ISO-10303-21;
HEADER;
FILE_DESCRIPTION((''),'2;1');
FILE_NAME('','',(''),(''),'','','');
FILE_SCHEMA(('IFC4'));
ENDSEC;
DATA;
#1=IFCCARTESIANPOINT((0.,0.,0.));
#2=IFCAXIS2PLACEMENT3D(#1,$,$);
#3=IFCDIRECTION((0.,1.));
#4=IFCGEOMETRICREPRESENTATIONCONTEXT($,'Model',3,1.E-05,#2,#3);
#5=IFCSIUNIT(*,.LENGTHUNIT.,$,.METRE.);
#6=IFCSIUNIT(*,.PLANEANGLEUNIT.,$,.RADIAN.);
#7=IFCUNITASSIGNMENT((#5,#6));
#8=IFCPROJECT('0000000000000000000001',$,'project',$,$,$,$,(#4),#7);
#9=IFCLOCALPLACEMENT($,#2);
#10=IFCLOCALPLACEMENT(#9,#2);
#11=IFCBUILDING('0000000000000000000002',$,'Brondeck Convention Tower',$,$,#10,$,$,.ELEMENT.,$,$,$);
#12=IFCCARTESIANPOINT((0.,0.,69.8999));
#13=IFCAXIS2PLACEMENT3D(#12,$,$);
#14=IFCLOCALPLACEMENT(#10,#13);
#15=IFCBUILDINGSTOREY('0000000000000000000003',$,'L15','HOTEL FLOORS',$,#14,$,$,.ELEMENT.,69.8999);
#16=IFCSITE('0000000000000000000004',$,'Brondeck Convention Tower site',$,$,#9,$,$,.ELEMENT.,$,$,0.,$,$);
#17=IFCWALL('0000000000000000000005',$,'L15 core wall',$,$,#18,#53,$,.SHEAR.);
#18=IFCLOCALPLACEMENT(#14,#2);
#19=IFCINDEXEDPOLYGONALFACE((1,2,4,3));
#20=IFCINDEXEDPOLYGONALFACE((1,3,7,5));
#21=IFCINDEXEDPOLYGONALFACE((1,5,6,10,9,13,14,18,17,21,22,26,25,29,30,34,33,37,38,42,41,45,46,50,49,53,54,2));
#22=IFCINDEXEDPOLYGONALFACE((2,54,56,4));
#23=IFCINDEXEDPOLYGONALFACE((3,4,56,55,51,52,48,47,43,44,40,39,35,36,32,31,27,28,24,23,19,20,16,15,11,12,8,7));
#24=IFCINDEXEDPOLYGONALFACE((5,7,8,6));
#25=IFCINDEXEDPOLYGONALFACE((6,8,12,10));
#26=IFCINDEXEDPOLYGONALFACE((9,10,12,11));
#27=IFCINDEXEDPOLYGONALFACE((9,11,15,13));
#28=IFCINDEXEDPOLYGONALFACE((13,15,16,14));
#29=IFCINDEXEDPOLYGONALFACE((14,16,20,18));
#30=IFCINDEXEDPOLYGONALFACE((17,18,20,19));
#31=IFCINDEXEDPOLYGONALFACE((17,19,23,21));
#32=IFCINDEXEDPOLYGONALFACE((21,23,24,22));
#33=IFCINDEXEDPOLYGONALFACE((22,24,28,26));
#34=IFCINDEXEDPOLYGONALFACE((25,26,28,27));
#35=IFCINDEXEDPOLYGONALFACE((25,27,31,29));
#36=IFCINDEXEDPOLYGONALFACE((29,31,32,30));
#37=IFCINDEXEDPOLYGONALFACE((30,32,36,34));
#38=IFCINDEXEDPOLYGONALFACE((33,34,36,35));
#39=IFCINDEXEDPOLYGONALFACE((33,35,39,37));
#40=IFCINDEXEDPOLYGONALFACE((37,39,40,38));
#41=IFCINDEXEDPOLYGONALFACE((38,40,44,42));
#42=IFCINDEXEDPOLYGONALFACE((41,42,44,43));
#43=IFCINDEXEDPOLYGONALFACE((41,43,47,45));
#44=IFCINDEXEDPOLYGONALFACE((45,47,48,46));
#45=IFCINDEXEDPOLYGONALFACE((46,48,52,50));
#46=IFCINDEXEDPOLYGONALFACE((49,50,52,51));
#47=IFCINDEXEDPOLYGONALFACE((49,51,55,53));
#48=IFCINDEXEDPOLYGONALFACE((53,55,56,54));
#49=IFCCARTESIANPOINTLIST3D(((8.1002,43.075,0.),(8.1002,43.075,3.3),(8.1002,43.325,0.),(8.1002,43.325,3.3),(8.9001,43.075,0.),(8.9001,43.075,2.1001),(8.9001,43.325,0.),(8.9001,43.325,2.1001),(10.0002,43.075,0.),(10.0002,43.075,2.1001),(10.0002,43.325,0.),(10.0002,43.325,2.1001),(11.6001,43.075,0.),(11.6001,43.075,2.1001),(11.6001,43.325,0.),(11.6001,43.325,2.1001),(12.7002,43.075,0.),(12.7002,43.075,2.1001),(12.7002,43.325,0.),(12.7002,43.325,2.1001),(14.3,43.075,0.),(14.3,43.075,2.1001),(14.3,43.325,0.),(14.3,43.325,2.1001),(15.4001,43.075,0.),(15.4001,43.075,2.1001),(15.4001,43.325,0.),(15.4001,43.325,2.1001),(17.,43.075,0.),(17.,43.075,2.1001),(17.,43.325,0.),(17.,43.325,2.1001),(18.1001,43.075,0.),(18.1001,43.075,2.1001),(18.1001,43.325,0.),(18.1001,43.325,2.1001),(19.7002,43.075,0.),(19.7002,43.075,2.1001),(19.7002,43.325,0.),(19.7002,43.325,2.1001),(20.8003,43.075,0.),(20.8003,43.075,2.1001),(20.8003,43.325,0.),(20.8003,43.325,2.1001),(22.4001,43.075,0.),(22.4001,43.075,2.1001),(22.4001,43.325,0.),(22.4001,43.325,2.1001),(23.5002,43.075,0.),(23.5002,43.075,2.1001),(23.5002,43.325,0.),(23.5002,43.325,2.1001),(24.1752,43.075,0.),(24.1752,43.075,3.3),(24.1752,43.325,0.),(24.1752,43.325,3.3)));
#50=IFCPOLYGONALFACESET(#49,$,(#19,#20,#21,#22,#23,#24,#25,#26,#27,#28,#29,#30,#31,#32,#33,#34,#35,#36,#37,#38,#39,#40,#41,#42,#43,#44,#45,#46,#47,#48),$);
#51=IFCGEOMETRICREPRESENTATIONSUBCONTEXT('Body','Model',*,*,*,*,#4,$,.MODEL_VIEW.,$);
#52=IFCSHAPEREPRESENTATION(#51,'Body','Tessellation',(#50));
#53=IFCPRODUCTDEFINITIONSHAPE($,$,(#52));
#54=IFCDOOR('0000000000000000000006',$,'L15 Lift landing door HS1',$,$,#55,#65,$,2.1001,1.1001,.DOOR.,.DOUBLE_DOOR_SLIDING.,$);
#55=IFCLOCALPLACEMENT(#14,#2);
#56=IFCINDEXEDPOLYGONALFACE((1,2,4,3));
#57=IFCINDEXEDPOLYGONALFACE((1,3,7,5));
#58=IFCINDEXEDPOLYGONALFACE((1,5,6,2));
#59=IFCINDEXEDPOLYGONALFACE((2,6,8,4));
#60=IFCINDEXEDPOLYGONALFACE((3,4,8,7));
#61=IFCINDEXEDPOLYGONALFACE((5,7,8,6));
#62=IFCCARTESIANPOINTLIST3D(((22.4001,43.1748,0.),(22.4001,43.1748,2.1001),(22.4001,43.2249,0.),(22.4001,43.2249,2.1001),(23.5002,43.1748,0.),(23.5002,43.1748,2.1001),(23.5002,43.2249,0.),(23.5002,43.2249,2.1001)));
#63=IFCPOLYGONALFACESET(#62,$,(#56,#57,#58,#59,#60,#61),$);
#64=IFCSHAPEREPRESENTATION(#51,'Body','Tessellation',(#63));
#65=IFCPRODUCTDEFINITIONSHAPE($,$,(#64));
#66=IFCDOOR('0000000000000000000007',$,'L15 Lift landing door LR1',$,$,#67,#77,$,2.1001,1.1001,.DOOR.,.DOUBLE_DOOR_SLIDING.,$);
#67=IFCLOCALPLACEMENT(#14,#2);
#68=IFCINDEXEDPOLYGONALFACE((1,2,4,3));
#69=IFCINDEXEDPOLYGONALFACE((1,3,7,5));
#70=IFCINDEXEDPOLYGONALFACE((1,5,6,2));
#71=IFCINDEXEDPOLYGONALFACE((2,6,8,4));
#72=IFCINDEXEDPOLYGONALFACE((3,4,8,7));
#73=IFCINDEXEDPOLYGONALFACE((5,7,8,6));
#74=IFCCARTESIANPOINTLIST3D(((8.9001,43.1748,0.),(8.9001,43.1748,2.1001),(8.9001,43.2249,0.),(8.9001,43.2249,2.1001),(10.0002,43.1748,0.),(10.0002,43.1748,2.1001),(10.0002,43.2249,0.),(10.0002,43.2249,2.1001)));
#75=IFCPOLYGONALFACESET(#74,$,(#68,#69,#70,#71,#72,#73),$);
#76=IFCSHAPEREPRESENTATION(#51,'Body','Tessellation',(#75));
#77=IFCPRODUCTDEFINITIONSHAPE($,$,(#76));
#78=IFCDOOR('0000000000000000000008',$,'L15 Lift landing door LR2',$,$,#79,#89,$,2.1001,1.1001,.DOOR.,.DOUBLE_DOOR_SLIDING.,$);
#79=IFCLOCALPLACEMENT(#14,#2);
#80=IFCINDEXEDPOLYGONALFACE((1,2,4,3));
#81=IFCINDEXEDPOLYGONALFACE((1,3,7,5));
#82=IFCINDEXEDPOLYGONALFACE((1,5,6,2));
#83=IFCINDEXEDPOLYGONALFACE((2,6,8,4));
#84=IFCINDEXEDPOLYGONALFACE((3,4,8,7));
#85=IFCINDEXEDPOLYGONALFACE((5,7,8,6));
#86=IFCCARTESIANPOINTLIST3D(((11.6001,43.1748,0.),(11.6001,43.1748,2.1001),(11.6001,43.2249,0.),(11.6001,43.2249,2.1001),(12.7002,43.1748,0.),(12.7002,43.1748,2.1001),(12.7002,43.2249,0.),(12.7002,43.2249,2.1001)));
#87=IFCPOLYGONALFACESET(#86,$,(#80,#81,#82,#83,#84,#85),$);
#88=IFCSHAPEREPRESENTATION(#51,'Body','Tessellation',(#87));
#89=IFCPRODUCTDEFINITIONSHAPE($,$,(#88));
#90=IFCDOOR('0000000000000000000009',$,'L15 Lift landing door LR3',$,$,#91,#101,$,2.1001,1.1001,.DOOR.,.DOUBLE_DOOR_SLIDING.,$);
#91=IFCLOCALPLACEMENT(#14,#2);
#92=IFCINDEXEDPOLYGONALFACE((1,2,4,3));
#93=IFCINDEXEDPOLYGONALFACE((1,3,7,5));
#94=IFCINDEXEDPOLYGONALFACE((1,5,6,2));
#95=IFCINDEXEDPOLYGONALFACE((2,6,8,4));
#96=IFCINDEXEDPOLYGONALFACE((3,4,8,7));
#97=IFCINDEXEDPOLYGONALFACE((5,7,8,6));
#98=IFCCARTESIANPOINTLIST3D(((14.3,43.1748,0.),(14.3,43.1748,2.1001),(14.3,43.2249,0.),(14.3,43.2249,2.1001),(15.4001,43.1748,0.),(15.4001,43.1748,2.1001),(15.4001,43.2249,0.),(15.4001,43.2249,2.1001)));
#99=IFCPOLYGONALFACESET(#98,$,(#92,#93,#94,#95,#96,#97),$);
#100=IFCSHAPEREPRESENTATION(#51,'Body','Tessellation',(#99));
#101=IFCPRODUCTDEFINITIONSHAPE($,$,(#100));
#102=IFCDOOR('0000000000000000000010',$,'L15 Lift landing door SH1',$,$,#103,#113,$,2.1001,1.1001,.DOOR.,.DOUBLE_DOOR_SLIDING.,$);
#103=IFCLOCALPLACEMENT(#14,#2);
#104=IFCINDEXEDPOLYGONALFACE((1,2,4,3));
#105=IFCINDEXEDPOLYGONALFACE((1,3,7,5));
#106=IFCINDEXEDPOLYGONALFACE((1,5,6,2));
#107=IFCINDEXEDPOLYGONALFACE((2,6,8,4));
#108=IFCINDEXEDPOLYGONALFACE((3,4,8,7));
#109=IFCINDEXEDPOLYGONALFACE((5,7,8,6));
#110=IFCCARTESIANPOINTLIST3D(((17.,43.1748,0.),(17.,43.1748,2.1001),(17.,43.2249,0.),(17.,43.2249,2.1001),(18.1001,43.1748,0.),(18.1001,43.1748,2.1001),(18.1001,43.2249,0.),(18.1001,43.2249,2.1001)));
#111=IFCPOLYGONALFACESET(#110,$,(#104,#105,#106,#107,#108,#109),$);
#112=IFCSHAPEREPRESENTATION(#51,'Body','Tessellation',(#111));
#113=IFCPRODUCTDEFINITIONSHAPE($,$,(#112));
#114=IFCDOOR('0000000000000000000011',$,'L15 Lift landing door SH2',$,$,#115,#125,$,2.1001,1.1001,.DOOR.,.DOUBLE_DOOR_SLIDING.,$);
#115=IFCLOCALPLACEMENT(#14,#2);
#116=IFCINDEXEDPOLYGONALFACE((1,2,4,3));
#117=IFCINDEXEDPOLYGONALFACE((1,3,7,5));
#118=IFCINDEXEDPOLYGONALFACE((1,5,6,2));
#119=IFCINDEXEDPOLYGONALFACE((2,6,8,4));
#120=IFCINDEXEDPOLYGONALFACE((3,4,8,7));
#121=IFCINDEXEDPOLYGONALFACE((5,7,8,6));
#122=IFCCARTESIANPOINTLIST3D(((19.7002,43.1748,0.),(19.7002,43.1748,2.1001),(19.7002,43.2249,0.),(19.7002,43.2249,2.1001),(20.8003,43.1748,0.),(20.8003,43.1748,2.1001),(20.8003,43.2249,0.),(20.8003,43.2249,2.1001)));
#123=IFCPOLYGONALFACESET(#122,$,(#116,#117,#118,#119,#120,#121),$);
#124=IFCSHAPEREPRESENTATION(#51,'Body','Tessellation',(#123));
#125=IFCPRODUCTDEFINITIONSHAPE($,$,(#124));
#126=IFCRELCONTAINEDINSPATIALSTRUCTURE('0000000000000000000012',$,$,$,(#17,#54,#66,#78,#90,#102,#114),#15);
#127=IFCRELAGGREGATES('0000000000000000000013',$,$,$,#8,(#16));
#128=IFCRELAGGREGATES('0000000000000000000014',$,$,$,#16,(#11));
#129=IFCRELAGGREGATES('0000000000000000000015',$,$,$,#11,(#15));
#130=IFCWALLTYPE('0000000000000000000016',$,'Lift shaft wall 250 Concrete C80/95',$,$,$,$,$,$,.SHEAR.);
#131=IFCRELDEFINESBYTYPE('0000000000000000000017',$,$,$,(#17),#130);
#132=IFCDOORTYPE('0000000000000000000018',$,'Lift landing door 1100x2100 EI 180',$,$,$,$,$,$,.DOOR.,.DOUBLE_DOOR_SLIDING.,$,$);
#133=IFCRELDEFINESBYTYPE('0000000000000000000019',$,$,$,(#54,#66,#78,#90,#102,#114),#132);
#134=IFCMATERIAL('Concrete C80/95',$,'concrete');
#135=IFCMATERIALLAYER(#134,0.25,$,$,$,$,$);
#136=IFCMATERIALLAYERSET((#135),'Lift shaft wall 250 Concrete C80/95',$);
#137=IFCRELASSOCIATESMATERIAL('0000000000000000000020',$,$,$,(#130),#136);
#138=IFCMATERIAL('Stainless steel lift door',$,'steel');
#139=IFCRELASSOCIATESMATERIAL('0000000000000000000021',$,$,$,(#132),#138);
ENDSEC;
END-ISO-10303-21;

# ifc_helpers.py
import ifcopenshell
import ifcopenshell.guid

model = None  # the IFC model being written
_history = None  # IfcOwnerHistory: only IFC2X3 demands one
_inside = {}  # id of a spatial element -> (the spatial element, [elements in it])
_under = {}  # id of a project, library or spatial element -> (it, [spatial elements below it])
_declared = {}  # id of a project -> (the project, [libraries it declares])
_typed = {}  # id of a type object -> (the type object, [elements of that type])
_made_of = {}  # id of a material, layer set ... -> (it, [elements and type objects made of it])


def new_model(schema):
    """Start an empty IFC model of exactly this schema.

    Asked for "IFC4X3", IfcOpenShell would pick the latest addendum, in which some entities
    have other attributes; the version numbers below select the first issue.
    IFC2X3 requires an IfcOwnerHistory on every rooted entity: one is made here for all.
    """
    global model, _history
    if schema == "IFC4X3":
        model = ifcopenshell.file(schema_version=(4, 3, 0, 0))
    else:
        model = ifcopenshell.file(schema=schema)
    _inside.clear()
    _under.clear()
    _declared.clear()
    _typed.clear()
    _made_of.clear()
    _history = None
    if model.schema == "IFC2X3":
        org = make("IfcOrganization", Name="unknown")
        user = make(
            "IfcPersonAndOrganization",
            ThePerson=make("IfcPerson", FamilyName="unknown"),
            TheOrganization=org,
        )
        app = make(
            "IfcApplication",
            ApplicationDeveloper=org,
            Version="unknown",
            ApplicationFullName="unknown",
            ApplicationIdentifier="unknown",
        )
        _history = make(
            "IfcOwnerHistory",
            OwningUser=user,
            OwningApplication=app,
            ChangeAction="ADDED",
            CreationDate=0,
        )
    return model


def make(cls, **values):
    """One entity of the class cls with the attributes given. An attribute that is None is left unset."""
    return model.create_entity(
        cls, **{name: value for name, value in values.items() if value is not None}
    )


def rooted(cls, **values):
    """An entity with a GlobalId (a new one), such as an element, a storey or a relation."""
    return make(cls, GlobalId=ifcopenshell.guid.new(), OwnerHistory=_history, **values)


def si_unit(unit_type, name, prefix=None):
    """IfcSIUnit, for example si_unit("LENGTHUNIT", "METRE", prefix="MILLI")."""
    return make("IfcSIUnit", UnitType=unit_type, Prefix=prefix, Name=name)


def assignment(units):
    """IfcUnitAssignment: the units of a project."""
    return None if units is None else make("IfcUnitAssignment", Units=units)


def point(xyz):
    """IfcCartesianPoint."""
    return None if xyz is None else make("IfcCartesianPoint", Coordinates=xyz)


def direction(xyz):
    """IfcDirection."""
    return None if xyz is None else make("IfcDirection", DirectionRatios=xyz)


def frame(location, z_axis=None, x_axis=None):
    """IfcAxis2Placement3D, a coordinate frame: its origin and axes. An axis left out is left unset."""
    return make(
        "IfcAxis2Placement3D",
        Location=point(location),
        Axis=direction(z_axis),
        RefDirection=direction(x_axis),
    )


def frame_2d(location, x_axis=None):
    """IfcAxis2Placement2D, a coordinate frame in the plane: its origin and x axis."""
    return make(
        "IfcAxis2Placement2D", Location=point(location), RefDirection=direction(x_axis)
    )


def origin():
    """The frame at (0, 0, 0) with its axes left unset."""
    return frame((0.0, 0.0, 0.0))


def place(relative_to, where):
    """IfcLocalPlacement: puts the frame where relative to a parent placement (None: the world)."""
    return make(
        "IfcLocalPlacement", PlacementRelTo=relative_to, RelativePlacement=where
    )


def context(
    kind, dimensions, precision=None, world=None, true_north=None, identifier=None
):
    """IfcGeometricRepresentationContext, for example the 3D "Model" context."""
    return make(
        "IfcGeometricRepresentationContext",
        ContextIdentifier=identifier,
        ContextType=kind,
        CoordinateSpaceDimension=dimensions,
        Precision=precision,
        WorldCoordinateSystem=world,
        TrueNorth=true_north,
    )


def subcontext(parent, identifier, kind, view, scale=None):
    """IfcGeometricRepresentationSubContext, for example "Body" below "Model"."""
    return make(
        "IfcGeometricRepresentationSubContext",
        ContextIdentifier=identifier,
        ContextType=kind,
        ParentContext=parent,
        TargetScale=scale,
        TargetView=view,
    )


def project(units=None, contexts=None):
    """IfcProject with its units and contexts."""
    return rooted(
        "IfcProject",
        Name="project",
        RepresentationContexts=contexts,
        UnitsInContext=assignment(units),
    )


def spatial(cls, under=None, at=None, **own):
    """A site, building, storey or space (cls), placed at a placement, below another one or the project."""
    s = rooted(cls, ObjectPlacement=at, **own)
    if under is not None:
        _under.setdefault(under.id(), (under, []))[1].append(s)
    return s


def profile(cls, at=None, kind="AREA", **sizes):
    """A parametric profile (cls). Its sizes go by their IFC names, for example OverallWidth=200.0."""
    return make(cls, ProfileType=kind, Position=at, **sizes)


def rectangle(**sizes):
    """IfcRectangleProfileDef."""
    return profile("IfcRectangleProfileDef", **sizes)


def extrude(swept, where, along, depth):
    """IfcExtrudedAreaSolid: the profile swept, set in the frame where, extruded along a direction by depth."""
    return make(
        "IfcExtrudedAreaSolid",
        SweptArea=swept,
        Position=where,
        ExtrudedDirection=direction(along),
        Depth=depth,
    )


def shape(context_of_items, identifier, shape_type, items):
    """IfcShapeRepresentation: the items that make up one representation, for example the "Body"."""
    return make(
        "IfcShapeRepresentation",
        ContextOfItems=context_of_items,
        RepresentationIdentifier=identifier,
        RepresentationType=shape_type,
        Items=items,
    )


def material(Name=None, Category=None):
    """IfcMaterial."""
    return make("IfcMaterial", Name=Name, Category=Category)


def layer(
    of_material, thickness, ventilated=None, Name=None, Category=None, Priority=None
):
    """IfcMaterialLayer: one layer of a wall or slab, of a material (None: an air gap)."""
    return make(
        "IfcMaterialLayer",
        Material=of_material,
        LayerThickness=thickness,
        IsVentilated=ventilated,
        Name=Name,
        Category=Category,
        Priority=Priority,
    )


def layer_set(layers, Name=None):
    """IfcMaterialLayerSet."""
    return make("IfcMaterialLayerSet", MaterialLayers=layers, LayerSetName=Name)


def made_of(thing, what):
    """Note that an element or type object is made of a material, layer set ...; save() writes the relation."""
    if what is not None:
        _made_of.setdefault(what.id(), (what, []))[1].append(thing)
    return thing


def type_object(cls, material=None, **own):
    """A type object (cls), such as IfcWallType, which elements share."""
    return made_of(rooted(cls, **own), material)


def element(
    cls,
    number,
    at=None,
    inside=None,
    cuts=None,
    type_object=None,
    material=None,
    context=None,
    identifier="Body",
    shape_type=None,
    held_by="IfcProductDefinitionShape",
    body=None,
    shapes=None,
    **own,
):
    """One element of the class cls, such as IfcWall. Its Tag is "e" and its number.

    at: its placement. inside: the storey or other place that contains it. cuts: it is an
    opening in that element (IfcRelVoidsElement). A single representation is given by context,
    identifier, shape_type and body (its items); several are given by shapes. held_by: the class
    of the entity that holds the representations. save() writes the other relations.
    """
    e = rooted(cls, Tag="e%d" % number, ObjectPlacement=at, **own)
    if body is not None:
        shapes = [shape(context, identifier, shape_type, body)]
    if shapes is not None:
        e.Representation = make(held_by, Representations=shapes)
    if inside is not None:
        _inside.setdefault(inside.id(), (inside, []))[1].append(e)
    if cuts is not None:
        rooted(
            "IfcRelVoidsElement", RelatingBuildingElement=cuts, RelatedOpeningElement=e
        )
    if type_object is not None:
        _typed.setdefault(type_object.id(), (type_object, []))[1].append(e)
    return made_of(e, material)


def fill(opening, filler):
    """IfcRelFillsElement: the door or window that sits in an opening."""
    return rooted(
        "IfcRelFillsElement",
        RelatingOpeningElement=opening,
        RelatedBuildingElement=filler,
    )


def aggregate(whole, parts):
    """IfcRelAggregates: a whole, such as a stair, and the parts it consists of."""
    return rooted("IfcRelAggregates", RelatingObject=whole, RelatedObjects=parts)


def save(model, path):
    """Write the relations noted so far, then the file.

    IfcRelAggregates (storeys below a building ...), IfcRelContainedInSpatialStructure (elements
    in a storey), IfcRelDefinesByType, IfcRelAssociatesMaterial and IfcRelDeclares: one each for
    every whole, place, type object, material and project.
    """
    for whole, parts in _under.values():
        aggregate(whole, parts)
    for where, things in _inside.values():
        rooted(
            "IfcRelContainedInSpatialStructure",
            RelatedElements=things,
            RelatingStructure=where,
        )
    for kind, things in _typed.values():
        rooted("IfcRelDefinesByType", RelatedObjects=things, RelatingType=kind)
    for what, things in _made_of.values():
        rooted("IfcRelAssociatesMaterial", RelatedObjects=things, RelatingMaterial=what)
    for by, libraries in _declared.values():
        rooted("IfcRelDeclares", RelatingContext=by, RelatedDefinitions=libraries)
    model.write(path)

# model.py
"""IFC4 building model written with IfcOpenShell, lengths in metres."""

from ifc_helpers import new_model, si_unit, direction, frame, frame_2d, origin, place, context, subcontext, project, spatial, rectangle, extrude, material, layer, layer_set, type_object, element, fill, save


model = new_model("IFC4")

# Units and contexts
model_context = context("Model", 3, precision=1e-05, world=origin(), true_north=direction((0.0, 1.0)))
body_context = subcontext(model_context, "Body", "Model", "MODEL_VIEW")
ifc_project = project(units=[si_unit("LENGTHUNIT", "METRE"), si_unit("PLANEANGLEUNIT", "RADIAN")], contexts=[model_context])

# Site, building, storey
site_placement = place(None, origin())
site = spatial("IfcSite", under=ifc_project, at=site_placement, Name="Brondeck Convention Tower site", CompositionType="ELEMENT", RefElevation=0.0)
building_placement = place(site_placement, origin())
building = spatial("IfcBuilding", under=site, at=building_placement, Name="Brondeck Convention Tower", CompositionType="ELEMENT")
storey_placement = place(building_placement, frame((0.0, 0.0, 69.8999)))
storey = spatial("IfcBuildingStorey", under=building, at=storey_placement, Name="L15", Description="HOTEL FLOORS", CompositionType="ELEMENT", Elevation=69.8999)

# Shared definitions
ifc_material_1 = material(Name="Concrete C80/95", Category="concrete")

# Wall, openings, doors
ifc_layer_1 = layer(ifc_material_1, 0.25)
ifc_layer_set_1 = layer_set([ifc_layer_1], Name="Lift shaft wall 250 Concrete C80/95")
wall_type_1 = type_object("IfcWallType", Name="Lift shaft wall 250 Concrete C80/95", PredefinedType="SHEAR", material=ifc_layer_set_1)
wall_1_placement = place(storey_placement, frame((8.1001, 43.2, 0.0), z_axis=(0.0, 0.0, 1.0), x_axis=(1.0, 0.0, 0.0)))
wall_1 = element("IfcWall", 1, at=wall_1_placement, inside=storey, type_object=wall_type_1, Name="L15 core wall", PredefinedType="SHEAR", context=body_context, shape_type="SweptSolid", body=[
    extrude(rectangle(XDim=16.075, YDim=0.25, at=frame_2d((8.0376, 0.0))), origin(), (0.0, 0.0, 1.0), 3.3),
])
opening_1_placement = place(wall_1_placement, frame((14.3, 0.0, 0.0)))
opening_1 = element("IfcOpeningElement", 2, at=opening_1_placement, cuts=wall_1, PredefinedType="OPENING", context=body_context, shape_type="SweptSolid", body=[
    extrude(rectangle(XDim=1.1001, YDim=2.1001, at=frame_2d((0.55, 1.05))), frame((0.0, 0.135, 0.0), z_axis=(0.0, -1.0, 0.0), x_axis=(1.0, 0.0, 0.0)), (0.0, 0.0, 1.0), 0.27),
])
opening_2_placement = place(wall_1_placement, frame((0.8, 0.0, 0.0)))
opening_2 = element("IfcOpeningElement", 3, at=opening_2_placement, cuts=wall_1, PredefinedType="OPENING", context=body_context, shape_type="SweptSolid", body=[
    extrude(rectangle(XDim=1.1001, YDim=2.1001, at=frame_2d((0.55, 1.05))), frame((0.0, 0.135, 0.0), z_axis=(0.0, -1.0, 0.0), x_axis=(1.0, 0.0, 0.0)), (0.0, 0.0, 1.0), 0.27),
])
opening_3_placement = place(wall_1_placement, frame((3.5, 0.0, 0.0)))
opening_3 = element("IfcOpeningElement", 4, at=opening_3_placement, cuts=wall_1, PredefinedType="OPENING", context=body_context, shape_type="SweptSolid", body=[
    extrude(rectangle(XDim=1.1001, YDim=2.1001, at=frame_2d((0.55, 1.05))), frame((0.0, 0.135, 0.0), z_axis=(0.0, -1.0, 0.0), x_axis=(1.0, 0.0, 0.0)), (0.0, 0.0, 1.0), 0.27),
])
opening_4_placement = place(wall_1_placement, frame((6.2, 0.0, 0.0)))
opening_4 = element("IfcOpeningElement", 5, at=opening_4_placement, cuts=wall_1, PredefinedType="OPENING", context=body_context, shape_type="SweptSolid", body=[
    extrude(rectangle(XDim=1.1001, YDim=2.1001, at=frame_2d((0.55, 1.05))), frame((0.0, 0.135, 0.0), z_axis=(0.0, -1.0, 0.0), x_axis=(1.0, 0.0, 0.0)), (0.0, 0.0, 1.0), 0.27),
])
opening_5_placement = place(wall_1_placement, frame((8.8999, 0.0, 0.0)))
opening_5 = element("IfcOpeningElement", 6, at=opening_5_placement, cuts=wall_1, PredefinedType="OPENING", context=body_context, shape_type="SweptSolid", body=[
    extrude(rectangle(XDim=1.1001, YDim=2.1001, at=frame_2d((0.55, 1.05))), frame((0.0, 0.135, 0.0), z_axis=(0.0, -1.0, 0.0), x_axis=(1.0, 0.0, 0.0)), (0.0, 0.0, 1.0), 0.27),
])
opening_6_placement = place(wall_1_placement, frame((11.6001, 0.0, 0.0)))
opening_6 = element("IfcOpeningElement", 7, at=opening_6_placement, cuts=wall_1, PredefinedType="OPENING", context=body_context, shape_type="SweptSolid", body=[
    extrude(rectangle(XDim=1.1001, YDim=2.1001, at=frame_2d((0.55, 1.05))), frame((0.0, 0.135, 0.0), z_axis=(0.0, -1.0, 0.0), x_axis=(1.0, 0.0, 0.0)), (0.0, 0.0, 1.0), 0.27),
])
ifc_material_2 = material(Name="Stainless steel lift door", Category="steel")
door_type_1 = type_object("IfcDoorType", Name="Lift landing door 1100x2100 EI 180", OperationType="DOUBLE_DOOR_SLIDING", PredefinedType="DOOR", material=ifc_material_2)
door_1_placement = place(opening_1_placement, origin())
door_1 = element("IfcDoor", 8, at=door_1_placement, inside=storey, type_object=door_type_1, Name="L15 Lift landing door HS1", OperationType="DOUBLE_DOOR_SLIDING", OverallHeight=2.1001, OverallWidth=1.1001, PredefinedType="DOOR", context=body_context, shape_type="SweptSolid", body=[
    extrude(rectangle(XDim=1.1001, YDim=2.1001, at=frame_2d((0.55, 1.05))), frame((0.0, 0.0249, 0.0), z_axis=(0.0, -1.0, 0.0), x_axis=(1.0, 0.0, 0.0)), (0.0, 0.0, 1.0), 0.05),
])
fill(opening_1, door_1)
door_2_placement = place(opening_2_placement, origin())
door_2 = element("IfcDoor", 9, at=door_2_placement, inside=storey, type_object=door_type_1, Name="L15 Lift landing door LR1", OperationType="DOUBLE_DOOR_SLIDING", OverallHeight=2.1001, OverallWidth=1.1001, PredefinedType="DOOR", context=body_context, shape_type="SweptSolid", body=[
    extrude(rectangle(XDim=1.1001, YDim=2.1001, at=frame_2d((0.55, 1.05))), frame((0.0, 0.0249, 0.0), z_axis=(0.0, -1.0, 0.0), x_axis=(1.0, 0.0, 0.0)), (0.0, 0.0, 1.0), 0.05),
])
fill(opening_2, door_2)
door_3_placement = place(opening_3_placement, origin())
door_3 = element("IfcDoor", 10, at=door_3_placement, inside=storey, type_object=door_type_1, Name="L15 Lift landing door LR2", OperationType="DOUBLE_DOOR_SLIDING", OverallHeight=2.1001, OverallWidth=1.1001, PredefinedType="DOOR", context=body_context, shape_type="SweptSolid", body=[
    extrude(rectangle(XDim=1.1001, YDim=2.1001, at=frame_2d((0.55, 1.05))), frame((0.0, 0.0249, 0.0), z_axis=(0.0, -1.0, 0.0), x_axis=(1.0, 0.0, 0.0)), (0.0, 0.0, 1.0), 0.05),
])
fill(opening_3, door_3)
door_4_placement = place(opening_4_placement, origin())
door_4 = element("IfcDoor", 11, at=door_4_placement, inside=storey, type_object=door_type_1, Name="L15 Lift landing door LR3", OperationType="DOUBLE_DOOR_SLIDING", OverallHeight=2.1001, OverallWidth=1.1001, PredefinedType="DOOR", context=body_context, shape_type="SweptSolid", body=[
    extrude(rectangle(XDim=1.1001, YDim=2.1001, at=frame_2d((0.55, 1.05))), frame((0.0, 0.0249, 0.0), z_axis=(0.0, -1.0, 0.0), x_axis=(1.0, 0.0, 0.0)), (0.0, 0.0, 1.0), 0.05),
])
fill(opening_4, door_4)
door_5_placement = place(opening_5_placement, origin())
door_5 = element("IfcDoor", 12, at=door_5_placement, inside=storey, type_object=door_type_1, Name="L15 Lift landing door SH1", OperationType="DOUBLE_DOOR_SLIDING", OverallHeight=2.1001, OverallWidth=1.1001, PredefinedType="DOOR", context=body_context, shape_type="SweptSolid", body=[
    extrude(rectangle(XDim=1.1001, YDim=2.1001, at=frame_2d((0.55, 1.05))), frame((0.0, 0.0249, 0.0), z_axis=(0.0, -1.0, 0.0), x_axis=(1.0, 0.0, 0.0)), (0.0, 0.0, 1.0), 0.05),
])
fill(opening_5, door_5)
door_6_placement = place(opening_6_placement, origin())
door_6 = element("IfcDoor", 13, at=door_6_placement, inside=storey, type_object=door_type_1, Name="L15 Lift landing door SH2", OperationType="DOUBLE_DOOR_SLIDING", OverallHeight=2.1001, OverallWidth=1.1001, PredefinedType="DOOR", context=body_context, shape_type="SweptSolid", body=[
    extrude(rectangle(XDim=1.1001, YDim=2.1001, at=frame_2d((0.55, 1.05))), frame((0.0, 0.0249, 0.0), z_axis=(0.0, -1.0, 0.0), x_axis=(1.0, 0.0, 0.0)), (0.0, 0.0, 1.0), 0.05),
])
fill(opening_6, door_6)

save(model, "model.ifc")
